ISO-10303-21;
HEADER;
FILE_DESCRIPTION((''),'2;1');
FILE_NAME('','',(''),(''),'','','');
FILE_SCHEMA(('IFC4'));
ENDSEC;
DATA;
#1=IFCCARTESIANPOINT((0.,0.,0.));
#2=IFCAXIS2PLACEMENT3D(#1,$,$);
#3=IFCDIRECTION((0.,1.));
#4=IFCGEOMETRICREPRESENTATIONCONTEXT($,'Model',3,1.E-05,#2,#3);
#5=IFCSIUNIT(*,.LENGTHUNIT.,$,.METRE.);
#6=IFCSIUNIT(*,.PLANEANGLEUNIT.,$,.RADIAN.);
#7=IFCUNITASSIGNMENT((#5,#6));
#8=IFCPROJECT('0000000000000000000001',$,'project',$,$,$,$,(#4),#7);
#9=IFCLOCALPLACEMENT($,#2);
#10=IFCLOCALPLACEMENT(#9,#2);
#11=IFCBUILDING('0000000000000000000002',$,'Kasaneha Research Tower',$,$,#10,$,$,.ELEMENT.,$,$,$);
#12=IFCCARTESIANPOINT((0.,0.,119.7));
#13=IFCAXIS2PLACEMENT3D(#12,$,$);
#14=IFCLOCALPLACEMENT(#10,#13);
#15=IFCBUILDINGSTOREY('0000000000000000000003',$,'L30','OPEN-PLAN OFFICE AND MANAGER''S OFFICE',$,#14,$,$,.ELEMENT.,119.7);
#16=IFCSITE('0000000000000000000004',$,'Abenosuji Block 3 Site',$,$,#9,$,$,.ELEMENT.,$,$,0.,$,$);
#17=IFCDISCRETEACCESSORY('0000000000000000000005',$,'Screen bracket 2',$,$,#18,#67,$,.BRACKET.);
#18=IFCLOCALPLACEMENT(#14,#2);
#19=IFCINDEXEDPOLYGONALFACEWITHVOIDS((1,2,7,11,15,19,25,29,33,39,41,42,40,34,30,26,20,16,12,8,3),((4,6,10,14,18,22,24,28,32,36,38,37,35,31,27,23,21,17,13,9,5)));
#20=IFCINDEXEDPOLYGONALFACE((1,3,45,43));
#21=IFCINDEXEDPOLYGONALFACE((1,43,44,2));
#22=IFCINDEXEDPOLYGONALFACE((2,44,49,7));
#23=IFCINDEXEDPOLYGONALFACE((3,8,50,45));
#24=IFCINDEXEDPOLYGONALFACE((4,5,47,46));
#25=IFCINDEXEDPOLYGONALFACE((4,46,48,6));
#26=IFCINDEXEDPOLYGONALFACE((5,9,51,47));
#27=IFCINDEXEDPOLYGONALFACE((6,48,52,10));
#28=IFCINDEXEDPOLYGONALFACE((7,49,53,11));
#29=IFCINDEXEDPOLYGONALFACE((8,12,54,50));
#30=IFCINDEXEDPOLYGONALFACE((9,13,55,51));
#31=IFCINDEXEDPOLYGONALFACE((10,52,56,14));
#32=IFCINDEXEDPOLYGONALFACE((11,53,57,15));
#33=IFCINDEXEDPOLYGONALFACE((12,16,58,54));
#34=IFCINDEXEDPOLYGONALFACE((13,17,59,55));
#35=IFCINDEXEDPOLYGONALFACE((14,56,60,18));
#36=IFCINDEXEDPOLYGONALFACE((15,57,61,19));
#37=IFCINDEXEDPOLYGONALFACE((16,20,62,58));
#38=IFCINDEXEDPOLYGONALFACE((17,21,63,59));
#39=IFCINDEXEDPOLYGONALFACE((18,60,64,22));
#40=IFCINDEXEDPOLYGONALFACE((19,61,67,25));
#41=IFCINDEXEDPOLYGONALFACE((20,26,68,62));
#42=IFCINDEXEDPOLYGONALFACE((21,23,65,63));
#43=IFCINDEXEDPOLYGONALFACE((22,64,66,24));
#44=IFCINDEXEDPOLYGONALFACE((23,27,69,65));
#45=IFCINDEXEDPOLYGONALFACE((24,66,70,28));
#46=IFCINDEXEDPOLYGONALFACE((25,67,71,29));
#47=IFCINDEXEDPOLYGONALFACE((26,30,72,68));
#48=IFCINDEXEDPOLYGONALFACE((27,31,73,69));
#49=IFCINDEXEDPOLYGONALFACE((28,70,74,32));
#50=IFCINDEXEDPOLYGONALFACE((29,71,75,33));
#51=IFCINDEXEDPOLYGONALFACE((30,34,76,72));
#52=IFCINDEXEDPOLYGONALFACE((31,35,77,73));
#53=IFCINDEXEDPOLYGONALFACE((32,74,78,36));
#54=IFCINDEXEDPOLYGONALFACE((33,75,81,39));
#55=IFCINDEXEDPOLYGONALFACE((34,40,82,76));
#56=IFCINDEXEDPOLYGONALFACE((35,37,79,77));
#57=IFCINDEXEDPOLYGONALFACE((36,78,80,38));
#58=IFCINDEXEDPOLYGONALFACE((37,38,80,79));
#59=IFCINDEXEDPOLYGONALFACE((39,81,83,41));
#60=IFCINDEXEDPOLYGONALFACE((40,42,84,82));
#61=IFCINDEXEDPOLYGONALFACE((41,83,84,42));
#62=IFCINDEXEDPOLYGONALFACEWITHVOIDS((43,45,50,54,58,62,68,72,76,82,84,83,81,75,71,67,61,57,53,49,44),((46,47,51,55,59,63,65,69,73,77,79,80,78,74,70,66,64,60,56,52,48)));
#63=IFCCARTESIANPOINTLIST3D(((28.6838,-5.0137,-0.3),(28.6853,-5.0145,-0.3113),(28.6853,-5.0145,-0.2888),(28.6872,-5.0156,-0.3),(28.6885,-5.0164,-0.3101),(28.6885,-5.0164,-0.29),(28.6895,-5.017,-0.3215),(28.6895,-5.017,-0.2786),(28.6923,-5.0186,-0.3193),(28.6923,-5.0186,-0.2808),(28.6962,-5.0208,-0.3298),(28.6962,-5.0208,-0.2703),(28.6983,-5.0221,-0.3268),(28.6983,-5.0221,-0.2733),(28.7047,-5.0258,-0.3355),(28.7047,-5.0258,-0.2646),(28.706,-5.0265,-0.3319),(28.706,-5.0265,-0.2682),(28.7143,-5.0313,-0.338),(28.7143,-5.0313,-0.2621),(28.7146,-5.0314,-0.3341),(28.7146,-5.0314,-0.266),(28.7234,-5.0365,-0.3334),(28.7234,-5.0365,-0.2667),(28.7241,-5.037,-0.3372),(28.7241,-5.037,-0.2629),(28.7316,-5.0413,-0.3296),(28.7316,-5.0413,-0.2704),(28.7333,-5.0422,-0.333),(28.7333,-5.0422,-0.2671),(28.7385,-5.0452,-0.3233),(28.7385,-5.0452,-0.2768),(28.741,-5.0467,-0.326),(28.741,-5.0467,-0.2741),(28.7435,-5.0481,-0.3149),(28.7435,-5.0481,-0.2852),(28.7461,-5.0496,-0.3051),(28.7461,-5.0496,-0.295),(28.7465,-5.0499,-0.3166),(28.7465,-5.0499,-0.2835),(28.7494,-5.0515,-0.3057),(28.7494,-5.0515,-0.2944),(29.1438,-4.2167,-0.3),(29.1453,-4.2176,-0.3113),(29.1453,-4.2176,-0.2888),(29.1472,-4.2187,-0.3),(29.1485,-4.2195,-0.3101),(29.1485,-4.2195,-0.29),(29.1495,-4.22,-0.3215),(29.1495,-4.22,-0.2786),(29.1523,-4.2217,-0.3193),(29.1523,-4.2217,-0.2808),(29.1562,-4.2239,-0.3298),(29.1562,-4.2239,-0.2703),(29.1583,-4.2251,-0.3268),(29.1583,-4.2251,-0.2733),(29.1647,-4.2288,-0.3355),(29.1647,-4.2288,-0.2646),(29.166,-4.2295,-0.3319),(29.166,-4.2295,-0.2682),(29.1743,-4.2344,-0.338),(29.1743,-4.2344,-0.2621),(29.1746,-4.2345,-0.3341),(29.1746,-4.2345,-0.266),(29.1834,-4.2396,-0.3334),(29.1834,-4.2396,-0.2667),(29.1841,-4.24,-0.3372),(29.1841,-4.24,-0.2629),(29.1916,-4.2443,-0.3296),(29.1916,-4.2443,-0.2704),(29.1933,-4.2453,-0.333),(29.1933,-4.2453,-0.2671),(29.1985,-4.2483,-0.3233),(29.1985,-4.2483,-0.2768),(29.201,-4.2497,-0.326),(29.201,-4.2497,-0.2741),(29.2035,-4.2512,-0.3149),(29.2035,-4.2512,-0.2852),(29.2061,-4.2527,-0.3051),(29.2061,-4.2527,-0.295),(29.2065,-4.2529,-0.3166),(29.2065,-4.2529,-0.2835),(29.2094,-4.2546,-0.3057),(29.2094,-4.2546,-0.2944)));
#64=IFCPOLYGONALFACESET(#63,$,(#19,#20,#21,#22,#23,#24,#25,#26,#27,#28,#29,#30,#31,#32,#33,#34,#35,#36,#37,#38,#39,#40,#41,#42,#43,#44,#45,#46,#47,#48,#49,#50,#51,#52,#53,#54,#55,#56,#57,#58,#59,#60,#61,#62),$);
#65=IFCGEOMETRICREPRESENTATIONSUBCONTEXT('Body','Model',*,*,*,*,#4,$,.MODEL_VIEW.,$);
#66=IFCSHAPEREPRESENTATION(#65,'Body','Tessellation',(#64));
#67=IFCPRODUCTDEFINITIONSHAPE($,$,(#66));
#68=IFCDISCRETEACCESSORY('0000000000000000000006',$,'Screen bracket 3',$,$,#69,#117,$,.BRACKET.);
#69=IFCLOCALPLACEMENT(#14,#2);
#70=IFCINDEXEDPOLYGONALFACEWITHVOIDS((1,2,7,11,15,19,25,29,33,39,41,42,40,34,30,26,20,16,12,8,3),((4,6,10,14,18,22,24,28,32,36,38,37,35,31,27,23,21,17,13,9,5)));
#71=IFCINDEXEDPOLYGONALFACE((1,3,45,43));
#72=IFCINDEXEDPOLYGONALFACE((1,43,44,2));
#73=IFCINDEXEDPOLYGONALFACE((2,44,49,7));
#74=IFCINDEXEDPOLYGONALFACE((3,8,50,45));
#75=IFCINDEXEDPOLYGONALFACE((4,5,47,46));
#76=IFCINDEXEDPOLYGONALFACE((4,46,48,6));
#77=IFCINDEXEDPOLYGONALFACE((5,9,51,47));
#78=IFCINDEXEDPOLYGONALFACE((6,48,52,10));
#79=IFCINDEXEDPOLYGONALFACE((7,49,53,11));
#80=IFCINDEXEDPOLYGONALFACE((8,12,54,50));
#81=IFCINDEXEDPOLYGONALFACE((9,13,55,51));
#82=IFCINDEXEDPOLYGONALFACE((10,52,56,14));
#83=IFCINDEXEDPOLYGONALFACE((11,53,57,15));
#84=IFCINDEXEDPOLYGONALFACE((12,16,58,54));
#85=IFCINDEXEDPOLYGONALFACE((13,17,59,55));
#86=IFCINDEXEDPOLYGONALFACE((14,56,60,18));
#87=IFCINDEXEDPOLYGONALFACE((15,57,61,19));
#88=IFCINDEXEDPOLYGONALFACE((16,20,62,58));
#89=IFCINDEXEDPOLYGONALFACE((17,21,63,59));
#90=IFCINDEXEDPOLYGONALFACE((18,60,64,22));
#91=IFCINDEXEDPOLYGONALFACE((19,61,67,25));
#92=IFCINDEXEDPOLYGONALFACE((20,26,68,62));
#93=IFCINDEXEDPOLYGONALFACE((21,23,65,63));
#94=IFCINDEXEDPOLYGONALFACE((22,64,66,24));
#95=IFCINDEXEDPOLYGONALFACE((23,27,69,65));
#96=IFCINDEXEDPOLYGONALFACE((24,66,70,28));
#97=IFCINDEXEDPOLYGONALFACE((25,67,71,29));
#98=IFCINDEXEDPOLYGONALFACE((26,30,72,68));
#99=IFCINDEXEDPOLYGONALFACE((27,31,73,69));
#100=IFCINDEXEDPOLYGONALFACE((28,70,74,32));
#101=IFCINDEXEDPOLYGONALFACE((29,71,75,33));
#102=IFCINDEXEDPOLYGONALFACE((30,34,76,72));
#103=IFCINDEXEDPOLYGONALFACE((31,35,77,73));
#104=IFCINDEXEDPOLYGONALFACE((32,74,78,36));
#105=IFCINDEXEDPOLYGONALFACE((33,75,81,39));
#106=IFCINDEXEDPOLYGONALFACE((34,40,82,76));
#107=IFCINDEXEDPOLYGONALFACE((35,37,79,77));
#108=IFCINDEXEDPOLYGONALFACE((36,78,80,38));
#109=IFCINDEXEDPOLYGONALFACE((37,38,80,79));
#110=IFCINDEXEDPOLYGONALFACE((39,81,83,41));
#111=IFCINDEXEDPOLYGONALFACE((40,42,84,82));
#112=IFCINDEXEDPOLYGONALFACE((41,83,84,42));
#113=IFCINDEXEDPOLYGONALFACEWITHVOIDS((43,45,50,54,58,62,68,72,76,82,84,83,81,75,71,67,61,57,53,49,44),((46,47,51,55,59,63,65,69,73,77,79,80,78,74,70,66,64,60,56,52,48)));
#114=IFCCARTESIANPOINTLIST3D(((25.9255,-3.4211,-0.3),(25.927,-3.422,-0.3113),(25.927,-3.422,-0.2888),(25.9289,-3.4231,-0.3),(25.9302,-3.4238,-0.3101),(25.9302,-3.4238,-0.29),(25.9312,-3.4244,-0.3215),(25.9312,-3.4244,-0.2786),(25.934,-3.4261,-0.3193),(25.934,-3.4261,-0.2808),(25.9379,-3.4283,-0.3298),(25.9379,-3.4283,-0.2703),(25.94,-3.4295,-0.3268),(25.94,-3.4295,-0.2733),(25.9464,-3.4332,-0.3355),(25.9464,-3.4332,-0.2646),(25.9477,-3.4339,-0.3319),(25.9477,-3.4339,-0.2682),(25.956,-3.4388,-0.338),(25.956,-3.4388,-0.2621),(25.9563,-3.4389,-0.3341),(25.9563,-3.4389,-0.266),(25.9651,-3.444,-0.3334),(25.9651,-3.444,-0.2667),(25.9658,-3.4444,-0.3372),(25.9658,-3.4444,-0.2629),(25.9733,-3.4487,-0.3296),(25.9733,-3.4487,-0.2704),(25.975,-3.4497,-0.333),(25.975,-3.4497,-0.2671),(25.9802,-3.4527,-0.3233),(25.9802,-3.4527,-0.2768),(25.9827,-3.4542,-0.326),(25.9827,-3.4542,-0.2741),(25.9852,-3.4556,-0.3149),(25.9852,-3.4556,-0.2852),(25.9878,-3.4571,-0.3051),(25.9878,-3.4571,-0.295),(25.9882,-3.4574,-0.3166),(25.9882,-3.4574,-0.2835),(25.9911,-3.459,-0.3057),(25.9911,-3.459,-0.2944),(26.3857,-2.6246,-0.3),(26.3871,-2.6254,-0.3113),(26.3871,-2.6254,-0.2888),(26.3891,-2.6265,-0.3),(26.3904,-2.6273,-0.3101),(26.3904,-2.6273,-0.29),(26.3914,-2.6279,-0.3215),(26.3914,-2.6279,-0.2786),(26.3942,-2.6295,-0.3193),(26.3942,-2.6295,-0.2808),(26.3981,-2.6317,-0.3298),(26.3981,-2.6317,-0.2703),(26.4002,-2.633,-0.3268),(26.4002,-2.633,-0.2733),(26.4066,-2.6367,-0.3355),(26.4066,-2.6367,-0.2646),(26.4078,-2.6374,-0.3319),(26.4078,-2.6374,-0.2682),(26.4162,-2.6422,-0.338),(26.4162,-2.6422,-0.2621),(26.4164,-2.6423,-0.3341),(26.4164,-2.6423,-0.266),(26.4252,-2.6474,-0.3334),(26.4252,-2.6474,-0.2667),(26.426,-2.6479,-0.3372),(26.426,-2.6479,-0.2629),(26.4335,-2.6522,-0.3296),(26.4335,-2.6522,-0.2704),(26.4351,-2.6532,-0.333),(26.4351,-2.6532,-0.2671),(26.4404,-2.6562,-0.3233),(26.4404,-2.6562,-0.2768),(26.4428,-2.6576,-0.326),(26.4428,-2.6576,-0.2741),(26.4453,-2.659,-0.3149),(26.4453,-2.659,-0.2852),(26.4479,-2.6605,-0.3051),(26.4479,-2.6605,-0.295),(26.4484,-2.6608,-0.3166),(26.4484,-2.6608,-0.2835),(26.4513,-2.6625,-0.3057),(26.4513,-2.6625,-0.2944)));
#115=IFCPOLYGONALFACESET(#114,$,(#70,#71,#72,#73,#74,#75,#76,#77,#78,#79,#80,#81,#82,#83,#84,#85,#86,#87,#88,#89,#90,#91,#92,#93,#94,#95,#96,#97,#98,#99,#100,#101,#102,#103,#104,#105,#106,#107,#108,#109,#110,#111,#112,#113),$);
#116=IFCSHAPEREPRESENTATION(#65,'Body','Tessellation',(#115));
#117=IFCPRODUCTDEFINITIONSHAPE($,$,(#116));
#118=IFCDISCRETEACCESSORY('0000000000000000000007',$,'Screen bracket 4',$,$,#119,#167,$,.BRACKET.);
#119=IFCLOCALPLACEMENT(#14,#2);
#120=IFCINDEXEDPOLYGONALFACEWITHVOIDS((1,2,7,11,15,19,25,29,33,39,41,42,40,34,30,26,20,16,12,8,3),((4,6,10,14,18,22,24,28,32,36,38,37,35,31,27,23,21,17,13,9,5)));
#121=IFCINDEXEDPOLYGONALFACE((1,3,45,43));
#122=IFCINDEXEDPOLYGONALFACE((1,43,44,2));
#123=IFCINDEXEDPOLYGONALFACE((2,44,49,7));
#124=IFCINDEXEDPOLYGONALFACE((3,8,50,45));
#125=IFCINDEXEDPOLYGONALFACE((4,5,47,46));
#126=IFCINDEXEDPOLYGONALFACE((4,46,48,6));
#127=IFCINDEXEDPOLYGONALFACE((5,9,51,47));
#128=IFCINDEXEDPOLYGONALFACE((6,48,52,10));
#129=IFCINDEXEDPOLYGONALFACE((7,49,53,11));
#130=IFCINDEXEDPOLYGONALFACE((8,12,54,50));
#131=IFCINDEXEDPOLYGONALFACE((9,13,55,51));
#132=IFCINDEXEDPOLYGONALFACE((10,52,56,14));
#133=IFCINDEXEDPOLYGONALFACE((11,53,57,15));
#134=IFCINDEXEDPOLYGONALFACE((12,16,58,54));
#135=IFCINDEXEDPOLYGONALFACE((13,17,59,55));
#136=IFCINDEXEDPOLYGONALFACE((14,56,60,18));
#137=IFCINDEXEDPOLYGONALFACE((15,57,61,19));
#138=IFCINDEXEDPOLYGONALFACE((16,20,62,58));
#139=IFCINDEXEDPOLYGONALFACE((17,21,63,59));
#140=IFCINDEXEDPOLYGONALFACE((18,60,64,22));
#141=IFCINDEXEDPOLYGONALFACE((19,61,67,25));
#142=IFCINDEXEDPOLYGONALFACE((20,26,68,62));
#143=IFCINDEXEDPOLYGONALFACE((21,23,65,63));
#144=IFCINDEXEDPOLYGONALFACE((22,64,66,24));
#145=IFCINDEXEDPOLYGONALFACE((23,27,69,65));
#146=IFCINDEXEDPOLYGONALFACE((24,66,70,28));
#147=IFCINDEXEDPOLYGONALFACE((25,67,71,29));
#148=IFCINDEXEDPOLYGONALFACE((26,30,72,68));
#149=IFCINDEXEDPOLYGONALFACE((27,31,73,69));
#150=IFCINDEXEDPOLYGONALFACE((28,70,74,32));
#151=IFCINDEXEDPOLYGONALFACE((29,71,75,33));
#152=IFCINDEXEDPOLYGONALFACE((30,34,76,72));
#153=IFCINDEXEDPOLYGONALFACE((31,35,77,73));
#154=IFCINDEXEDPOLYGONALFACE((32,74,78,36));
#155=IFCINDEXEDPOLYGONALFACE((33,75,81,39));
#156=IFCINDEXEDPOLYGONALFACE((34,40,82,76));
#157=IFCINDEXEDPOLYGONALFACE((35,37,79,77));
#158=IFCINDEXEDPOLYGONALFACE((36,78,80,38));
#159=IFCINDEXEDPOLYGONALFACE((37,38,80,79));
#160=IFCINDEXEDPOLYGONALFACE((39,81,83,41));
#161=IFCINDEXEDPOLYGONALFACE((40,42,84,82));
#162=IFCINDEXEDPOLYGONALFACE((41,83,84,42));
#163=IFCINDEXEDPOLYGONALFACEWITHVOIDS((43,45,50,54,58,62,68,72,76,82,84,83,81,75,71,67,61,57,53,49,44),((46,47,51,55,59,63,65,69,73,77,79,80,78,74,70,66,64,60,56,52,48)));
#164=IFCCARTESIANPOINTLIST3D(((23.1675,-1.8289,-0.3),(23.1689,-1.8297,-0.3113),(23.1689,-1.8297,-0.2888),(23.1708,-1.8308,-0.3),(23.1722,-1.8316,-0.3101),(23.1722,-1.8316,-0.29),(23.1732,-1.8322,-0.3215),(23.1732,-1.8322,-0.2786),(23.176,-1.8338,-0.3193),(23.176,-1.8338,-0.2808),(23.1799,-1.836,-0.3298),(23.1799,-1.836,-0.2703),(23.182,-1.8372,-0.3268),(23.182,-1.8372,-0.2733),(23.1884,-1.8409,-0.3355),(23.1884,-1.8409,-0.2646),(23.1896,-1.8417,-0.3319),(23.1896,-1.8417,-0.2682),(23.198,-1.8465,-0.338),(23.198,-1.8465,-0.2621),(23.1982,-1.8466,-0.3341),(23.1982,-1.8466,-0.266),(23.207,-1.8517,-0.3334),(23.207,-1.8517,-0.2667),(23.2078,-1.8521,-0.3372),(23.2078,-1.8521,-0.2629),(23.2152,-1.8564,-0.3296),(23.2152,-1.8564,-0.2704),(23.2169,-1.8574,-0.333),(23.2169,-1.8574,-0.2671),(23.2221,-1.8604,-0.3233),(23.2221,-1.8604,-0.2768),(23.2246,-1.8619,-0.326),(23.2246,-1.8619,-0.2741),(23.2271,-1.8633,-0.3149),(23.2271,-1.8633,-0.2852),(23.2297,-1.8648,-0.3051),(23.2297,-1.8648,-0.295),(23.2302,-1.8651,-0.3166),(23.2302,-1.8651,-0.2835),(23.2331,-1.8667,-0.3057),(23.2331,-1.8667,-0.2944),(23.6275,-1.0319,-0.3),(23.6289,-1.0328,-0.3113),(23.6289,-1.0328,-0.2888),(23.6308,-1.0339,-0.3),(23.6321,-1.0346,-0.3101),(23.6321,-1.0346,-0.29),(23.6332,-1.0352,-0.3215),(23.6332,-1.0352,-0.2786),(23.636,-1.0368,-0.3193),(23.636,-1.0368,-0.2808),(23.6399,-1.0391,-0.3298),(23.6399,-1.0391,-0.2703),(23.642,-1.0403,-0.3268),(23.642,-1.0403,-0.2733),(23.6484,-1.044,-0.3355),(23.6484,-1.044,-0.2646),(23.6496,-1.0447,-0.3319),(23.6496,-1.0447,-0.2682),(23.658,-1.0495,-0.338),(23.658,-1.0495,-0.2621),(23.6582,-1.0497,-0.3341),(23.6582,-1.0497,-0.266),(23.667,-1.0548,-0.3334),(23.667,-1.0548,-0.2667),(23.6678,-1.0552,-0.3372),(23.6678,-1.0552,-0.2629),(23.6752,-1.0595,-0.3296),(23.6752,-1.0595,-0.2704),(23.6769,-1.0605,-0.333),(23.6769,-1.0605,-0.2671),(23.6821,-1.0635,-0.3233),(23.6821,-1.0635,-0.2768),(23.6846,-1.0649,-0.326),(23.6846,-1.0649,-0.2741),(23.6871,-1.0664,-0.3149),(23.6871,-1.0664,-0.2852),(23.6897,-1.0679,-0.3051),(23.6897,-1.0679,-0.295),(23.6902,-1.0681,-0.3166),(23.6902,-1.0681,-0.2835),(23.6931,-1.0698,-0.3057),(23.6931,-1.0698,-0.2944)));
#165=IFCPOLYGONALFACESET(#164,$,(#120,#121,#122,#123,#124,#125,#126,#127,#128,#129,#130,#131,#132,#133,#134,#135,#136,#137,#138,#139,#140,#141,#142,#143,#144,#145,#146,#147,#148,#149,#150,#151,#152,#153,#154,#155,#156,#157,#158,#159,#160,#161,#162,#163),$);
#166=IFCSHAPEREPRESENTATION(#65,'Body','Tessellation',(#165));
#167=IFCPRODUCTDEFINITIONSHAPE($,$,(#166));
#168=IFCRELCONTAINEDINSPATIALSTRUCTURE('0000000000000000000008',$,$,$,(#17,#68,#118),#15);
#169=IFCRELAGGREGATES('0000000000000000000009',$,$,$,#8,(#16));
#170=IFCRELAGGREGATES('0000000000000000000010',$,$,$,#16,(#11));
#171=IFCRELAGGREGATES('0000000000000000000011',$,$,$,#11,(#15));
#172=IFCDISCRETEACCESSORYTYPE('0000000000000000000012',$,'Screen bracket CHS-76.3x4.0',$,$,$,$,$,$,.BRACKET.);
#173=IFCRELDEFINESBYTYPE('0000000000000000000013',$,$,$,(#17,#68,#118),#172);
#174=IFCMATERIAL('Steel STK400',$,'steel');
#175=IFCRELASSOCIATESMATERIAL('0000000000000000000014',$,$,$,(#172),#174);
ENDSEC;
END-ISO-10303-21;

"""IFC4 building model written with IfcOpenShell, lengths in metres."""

from ifc_helpers import new_model, si_unit, direction, frame, origin, origin_2d, place, context, subcontext, project, spatial, hollow_circle, extrude, material, material_profile, profile_set, type_object, element, save


model = new_model("IFC4")

# Units and contexts
model_context = context("Model", 3, precision=1e-05, world=origin(), true_north=direction((0.0, 1.0)))
body_context = subcontext(model_context, "Body", "Model", "MODEL_VIEW")
ifc_project = project(units=[si_unit("LENGTHUNIT", "METRE"), si_unit("PLANEANGLEUNIT", "RADIAN")], contexts=[model_context])

# Site, building, storey
site_placement = place(None, origin())
site = spatial("IfcSite", under=ifc_project, at=site_placement, Name="Abenosuji Block 3 Site", CompositionType="ELEMENT", RefElevation=0.0)
building_placement = place(site_placement, origin())
building = spatial("IfcBuilding", under=site, at=building_placement, Name="Kasaneha Research Tower", CompositionType="ELEMENT")
storey_placement = place(building_placement, frame((0.0, 0.0, 119.7)))
storey = spatial("IfcBuildingStorey", under=building, at=storey_placement, Name="L30", Description="OPEN-PLAN OFFICE AND MANAGER'S OFFICE", CompositionType="ELEMENT", Elevation=119.7)

# Discrete accessories
ifc_material_1 = material(Name="Steel STK400", Category="steel")
ifc_material_profile_1 = material_profile(ifc_material_1, hollow_circle(Radius=0.0381, WallThickness=0.0039, at=origin_2d()), Name="CHS-76.3x4.0")
ifc_profile_set_1 = profile_set([ifc_material_profile_1], Name="Steel STK400")
discrete_accessory_type = type_object("IfcDiscreteAccessoryType", Name="Screen bracket CHS-76.3x4.0", PredefinedType="BRACKET", material=ifc_profile_set_1)
discrete_accessory_1_placement = place(storey_placement, frame((28.7168, -5.0327, -0.3), z_axis=(0.499906, 0.86608, 0.0), x_axis=(-0.86608, 0.499906, 0.0)))
element("IfcDiscreteAccessory", 1, at=discrete_accessory_1_placement, inside=storey, type_object=discrete_accessory_type, Name="Screen bracket 2", PredefinedType="BRACKET", context=body_context, shape_type="SweptSolid", body=[
    extrude(hollow_circle(Radius=0.0381, WallThickness=0.0039, at=origin_2d()), origin(), (0.0, 0.0, 1.0), 0.9202),
])
discrete_accessory_2_placement = place(storey_placement, frame((25.9585, -3.4402, -0.3), z_axis=(0.50022, 0.865898, 0.0), x_axis=(-0.865898, 0.50022, 0.0)))
element("IfcDiscreteAccessory", 2, at=discrete_accessory_2_placement, inside=storey, type_object=discrete_accessory_type, Name="Screen bracket 3", PredefinedType="BRACKET", context=body_context, shape_type="SweptSolid", body=[
    extrude(hollow_circle(Radius=0.0381, WallThickness=0.0039, at=origin_2d()), origin(), (0.0, 0.0, 1.0), 0.9199),
])
discrete_accessory_3_placement = place(storey_placement, frame((23.2004, -1.8479, -0.3), z_axis=(0.499906, 0.86608, 0.0), x_axis=(-0.86608, 0.499906, 0.0)))
element("IfcDiscreteAccessory", 3, at=discrete_accessory_3_placement, inside=storey, type_object=discrete_accessory_type, Name="Screen bracket 4", PredefinedType="BRACKET", context=body_context, shape_type="SweptSolid", body=[
    extrude(hollow_circle(Radius=0.0381, WallThickness=0.0039, at=origin_2d()), origin(), (0.0, 0.0, 1.0), 0.9202),
])

save(model, "model.ifc")
